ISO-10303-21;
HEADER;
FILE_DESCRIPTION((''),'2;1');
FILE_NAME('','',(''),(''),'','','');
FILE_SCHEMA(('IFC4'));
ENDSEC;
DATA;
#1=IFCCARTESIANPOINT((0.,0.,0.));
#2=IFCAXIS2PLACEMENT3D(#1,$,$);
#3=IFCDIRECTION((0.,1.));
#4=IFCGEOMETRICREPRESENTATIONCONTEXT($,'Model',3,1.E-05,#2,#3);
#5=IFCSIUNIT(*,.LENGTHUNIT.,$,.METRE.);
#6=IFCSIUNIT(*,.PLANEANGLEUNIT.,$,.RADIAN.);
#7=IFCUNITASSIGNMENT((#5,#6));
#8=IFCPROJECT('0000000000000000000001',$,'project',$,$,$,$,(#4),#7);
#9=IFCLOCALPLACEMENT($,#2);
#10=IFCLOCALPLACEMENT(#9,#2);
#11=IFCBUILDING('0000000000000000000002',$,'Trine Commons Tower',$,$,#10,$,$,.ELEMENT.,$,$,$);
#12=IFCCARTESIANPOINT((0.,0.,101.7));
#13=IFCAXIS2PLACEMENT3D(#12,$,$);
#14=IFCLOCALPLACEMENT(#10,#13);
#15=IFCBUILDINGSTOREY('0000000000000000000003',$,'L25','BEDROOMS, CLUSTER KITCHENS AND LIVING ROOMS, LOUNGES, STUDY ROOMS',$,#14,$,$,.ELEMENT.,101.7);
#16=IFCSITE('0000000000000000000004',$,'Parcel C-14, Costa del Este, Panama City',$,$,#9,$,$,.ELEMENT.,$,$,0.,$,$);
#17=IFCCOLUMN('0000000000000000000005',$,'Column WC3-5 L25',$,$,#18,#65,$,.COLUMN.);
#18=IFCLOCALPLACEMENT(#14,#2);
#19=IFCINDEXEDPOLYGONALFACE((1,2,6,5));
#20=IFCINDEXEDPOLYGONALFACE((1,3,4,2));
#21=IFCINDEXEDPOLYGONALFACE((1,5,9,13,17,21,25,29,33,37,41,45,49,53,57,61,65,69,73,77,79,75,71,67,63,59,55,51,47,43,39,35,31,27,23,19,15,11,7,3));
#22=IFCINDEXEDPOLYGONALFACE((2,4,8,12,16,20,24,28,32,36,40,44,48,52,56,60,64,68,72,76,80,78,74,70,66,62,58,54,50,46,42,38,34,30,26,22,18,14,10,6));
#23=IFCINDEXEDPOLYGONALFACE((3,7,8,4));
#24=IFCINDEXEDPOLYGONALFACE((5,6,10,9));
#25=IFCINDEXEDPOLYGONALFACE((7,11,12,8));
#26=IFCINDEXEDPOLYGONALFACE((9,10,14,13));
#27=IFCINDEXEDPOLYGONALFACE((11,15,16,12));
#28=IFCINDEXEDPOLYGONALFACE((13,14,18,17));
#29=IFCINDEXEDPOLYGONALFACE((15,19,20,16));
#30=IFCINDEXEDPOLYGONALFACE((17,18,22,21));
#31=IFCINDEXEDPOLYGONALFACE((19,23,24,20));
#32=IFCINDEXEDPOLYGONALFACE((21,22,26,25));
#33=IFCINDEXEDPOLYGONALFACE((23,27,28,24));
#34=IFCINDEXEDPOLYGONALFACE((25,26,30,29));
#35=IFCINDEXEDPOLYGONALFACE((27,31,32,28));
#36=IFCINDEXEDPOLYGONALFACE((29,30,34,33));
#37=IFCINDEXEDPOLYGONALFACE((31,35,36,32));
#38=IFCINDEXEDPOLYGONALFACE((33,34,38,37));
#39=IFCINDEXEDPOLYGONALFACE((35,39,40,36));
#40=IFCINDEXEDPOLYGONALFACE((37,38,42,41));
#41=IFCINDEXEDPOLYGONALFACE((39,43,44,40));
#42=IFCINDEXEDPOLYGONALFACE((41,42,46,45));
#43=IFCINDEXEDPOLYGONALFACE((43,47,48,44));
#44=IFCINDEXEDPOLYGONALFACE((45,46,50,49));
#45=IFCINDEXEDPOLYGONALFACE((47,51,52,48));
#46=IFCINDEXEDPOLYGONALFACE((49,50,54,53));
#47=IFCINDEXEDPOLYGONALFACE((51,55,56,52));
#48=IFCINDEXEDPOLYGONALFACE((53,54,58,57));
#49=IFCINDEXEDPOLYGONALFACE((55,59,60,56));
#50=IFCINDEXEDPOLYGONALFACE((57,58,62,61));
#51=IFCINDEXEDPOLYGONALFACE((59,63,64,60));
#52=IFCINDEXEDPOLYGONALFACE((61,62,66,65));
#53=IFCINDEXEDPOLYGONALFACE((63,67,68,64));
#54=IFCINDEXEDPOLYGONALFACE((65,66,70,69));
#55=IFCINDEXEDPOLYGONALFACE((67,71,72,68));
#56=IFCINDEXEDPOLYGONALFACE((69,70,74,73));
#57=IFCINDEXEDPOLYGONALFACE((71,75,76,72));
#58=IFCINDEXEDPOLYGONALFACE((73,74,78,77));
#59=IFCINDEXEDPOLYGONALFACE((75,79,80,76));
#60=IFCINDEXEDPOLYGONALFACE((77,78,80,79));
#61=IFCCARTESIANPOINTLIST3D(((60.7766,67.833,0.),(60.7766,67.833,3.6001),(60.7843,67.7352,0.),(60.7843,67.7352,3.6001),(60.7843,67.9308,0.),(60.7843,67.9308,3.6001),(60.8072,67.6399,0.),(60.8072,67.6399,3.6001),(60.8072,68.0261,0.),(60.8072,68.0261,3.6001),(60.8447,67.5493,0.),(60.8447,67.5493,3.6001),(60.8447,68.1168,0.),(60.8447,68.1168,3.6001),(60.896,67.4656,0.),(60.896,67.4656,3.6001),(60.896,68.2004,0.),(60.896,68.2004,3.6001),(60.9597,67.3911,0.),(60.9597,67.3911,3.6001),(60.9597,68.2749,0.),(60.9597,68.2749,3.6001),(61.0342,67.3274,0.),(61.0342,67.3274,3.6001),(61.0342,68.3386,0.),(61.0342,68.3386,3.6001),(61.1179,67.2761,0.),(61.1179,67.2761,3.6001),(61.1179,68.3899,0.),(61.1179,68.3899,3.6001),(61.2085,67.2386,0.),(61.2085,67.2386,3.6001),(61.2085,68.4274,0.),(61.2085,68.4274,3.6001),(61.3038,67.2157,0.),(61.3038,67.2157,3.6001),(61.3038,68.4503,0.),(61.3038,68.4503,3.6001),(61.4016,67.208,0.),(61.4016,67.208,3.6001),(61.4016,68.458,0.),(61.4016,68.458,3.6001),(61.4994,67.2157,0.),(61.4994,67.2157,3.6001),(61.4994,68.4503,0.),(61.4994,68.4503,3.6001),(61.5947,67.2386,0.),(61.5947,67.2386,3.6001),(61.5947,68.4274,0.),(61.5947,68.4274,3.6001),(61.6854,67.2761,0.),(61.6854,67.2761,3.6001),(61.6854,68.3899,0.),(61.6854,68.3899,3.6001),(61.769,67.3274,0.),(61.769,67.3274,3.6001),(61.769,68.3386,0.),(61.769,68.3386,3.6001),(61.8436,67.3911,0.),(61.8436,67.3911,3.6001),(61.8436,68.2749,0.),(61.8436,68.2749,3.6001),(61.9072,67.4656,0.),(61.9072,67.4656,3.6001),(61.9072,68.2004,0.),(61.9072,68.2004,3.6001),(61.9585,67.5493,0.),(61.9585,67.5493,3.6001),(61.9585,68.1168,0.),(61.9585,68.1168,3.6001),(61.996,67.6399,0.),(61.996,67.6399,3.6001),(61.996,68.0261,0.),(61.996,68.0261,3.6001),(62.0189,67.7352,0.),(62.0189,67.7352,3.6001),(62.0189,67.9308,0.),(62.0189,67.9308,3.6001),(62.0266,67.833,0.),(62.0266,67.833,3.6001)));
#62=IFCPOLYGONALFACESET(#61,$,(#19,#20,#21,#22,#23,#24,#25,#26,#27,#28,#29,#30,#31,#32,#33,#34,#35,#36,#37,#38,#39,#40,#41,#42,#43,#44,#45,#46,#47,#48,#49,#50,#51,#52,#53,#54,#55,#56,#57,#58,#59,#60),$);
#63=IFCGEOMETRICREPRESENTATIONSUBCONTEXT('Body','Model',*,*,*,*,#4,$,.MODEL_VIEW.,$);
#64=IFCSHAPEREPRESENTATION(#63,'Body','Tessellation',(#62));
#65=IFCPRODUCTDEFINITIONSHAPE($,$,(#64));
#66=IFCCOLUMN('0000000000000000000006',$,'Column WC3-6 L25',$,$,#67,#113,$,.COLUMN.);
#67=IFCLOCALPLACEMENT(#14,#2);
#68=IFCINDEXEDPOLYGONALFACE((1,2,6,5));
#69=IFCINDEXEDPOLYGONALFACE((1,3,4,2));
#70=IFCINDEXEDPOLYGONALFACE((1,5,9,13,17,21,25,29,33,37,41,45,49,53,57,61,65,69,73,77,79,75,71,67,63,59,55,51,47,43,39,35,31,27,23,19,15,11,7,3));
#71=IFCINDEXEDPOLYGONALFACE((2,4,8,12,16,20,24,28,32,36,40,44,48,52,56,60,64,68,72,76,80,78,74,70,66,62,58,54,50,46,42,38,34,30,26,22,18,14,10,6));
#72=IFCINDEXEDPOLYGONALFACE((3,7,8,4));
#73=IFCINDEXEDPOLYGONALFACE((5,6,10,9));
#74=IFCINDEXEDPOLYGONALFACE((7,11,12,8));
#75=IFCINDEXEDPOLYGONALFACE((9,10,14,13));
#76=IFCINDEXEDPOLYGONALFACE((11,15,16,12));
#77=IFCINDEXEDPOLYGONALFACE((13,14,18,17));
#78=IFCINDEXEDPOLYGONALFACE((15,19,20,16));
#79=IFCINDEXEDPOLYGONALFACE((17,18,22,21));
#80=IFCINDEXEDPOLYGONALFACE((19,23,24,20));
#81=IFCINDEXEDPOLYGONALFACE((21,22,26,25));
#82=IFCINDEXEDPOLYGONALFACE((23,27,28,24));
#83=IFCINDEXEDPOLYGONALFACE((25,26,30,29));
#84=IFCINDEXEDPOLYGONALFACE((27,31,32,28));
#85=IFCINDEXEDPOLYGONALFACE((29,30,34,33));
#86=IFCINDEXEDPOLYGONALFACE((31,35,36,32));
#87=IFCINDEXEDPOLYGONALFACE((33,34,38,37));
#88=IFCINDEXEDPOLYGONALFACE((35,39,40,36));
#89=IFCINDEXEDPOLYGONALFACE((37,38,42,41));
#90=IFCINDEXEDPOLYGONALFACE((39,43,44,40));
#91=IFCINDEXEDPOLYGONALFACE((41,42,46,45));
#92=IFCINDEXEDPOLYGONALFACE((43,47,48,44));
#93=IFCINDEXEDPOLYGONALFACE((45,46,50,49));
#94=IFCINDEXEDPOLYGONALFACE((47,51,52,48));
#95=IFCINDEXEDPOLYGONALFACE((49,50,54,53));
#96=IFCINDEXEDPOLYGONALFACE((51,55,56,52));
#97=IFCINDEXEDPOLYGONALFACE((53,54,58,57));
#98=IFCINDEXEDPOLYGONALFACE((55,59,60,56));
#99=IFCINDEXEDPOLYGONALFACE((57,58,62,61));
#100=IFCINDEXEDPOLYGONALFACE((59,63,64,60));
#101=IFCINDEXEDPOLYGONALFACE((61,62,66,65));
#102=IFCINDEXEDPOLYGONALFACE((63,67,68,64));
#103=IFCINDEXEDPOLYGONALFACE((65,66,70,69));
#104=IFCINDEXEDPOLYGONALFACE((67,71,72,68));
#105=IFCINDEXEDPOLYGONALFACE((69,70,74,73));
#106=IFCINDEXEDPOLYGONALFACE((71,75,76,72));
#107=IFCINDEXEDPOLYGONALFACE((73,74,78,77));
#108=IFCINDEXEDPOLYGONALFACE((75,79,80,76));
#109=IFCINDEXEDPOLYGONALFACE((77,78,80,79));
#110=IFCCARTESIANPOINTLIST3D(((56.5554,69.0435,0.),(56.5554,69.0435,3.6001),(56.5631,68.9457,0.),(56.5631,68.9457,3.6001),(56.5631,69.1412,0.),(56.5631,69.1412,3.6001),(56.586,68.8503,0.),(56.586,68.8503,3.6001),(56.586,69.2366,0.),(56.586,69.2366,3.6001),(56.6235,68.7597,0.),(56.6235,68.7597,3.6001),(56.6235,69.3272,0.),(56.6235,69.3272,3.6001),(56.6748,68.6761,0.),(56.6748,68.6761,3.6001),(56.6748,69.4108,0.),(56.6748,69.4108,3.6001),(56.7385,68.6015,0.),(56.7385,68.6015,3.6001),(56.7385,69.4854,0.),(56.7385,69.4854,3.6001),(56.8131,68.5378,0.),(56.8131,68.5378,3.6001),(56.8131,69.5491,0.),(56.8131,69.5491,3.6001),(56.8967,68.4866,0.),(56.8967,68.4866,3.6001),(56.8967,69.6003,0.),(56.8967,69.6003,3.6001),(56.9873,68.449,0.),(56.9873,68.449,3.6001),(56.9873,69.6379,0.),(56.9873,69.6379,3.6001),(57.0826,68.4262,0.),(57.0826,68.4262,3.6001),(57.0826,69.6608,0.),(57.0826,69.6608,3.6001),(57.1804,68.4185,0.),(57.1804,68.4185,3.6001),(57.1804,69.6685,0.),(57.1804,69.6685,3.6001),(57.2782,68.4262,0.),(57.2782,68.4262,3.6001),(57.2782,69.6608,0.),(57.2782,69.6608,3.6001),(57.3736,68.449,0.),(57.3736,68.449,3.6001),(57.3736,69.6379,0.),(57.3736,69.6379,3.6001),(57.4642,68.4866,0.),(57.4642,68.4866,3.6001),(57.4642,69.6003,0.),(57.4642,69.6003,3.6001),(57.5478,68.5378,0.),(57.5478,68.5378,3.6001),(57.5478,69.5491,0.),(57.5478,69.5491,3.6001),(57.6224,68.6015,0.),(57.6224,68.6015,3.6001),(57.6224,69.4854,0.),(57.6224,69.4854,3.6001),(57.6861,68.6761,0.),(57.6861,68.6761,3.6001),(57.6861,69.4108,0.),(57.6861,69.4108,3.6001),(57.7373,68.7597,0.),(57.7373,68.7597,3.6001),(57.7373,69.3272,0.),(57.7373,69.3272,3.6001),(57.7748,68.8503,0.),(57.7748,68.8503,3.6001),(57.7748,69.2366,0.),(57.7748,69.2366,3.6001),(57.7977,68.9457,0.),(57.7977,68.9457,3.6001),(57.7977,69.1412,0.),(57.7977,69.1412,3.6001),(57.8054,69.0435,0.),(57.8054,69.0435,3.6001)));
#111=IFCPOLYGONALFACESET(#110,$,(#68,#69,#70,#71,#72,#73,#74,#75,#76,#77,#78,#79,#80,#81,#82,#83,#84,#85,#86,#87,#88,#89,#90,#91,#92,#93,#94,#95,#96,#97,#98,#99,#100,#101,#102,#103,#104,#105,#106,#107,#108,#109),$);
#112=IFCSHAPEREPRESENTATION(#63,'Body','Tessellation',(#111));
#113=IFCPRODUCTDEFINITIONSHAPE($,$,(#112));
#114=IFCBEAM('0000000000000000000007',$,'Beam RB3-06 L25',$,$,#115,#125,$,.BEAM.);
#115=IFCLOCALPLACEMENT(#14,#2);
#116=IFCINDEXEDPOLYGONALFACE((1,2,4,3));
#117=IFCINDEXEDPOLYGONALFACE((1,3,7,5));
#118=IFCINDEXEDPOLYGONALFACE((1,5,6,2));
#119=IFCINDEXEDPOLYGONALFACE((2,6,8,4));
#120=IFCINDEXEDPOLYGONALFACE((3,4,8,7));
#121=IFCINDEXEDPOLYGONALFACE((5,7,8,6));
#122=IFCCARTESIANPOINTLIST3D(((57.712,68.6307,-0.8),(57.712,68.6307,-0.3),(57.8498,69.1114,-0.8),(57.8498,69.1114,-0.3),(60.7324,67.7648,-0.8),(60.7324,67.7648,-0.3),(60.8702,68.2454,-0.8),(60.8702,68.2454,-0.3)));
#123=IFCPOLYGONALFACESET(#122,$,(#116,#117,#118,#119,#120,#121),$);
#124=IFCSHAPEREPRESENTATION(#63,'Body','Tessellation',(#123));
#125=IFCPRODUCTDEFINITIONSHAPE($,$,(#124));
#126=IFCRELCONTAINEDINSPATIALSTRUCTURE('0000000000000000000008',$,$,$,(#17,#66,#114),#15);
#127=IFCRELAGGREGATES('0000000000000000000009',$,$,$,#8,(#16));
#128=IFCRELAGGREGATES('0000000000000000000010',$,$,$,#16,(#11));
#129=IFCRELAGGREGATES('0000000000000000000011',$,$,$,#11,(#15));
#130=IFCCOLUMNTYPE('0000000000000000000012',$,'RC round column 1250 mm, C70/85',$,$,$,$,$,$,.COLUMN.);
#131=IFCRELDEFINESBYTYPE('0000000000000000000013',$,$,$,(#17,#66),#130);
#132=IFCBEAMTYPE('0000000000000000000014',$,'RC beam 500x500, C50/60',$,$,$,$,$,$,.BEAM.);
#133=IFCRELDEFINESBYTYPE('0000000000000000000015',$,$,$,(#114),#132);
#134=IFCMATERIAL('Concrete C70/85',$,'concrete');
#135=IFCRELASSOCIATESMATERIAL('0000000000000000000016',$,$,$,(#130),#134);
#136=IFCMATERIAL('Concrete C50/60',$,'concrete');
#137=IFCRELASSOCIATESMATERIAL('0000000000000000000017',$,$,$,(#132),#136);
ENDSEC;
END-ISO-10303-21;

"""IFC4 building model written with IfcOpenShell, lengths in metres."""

from ifc_helpers import new_model, si_unit, direction, frame, origin, origin_2d, place, context, subcontext, project, spatial, rectangle, circle, extrude, material, material_profile, profile_set, type_object, element, save


model = new_model("IFC4")

# Units and contexts
model_context = context("Model", 3, precision=1e-05, world=origin(), true_north=direction((0.0, 1.0)))
body_context = subcontext(model_context, "Body", "Model", "MODEL_VIEW")
ifc_project = project(units=[si_unit("LENGTHUNIT", "METRE"), si_unit("PLANEANGLEUNIT", "RADIAN")], contexts=[model_context])

# Site, building, storey
site_placement = place(None, origin())
site = spatial("IfcSite", under=ifc_project, at=site_placement, Name="Parcel C-14, Costa del Este, Panama City", CompositionType="ELEMENT", RefElevation=0.0)
building_placement = place(site_placement, origin())
building = spatial("IfcBuilding", under=site, at=building_placement, Name="Trine Commons Tower", CompositionType="ELEMENT")
storey_placement = place(building_placement, frame((0.0, 0.0, 101.7)))
storey = spatial("IfcBuildingStorey", under=building, at=storey_placement, Name="L25", Description="BEDROOMS, CLUSTER KITCHENS AND LIVING ROOMS, LOUNGES, STUDY ROOMS", CompositionType="ELEMENT", Elevation=101.7)

# Columns
ifc_material_1 = material(Name="Concrete C70/85", Category="concrete")
ifc_material_profile_1 = material_profile(ifc_material_1, circle(Radius=0.625, at=origin_2d()), Name="RC round 1250")
ifc_profile_set_1 = profile_set([ifc_material_profile_1], Name="Concrete C70/85")
column_type = type_object("IfcColumnType", Name="RC round column 1250 mm, C70/85", PredefinedType="COLUMN", material=ifc_profile_set_1)
for number, where, z_axis, x_axis, name in (
    (1, (61.4016, 67.833, 0.0), (0.0, 0.0, 1.0), (1.0, 0.0, 0.0), "Column WC3-5 L25"),
    (2, (57.1804, 69.0435, 0.0), (0.0, 0.0, 1.0), (1.0, 0.0, 0.0), "Column WC3-6 L25"),
):
    element("IfcColumn", number, at=place(storey_placement, frame(where, z_axis=z_axis, x_axis=x_axis)), inside=storey, type_object=column_type, Name=name, PredefinedType="COLUMN", context=body_context, shape_type="SweptSolid", body=[
        extrude(circle(Radius=0.625, at=origin_2d()), origin(), (0.0, 0.0, 1.0), 3.6001),
    ])

# Beam
ifc_material_2 = material(Name="Concrete C50/60", Category="concrete")
ifc_material_profile_2 = material_profile(ifc_material_2, rectangle(XDim=0.5, YDim=0.5, at=origin_2d()), Name="RC 500x500")
ifc_profile_set_2 = profile_set([ifc_material_profile_2], Name="Concrete C50/60")
beam_type = type_object("IfcBeamType", Name="RC beam 500x500, C50/60", PredefinedType="BEAM", material=ifc_profile_set_2)
beam_placement = place(storey_placement, frame((60.8013, 68.0051, -0.55), z_axis=(-0.961274, 0.275593, 0.0), x_axis=(-0.275593, -0.961274, 0.0)))
element("IfcBeam", 3, at=beam_placement, inside=storey, type_object=beam_type, Name="Beam RB3-06 L25", PredefinedType="BEAM", context=body_context, shape_type="SweptSolid", body=[
    extrude(rectangle(XDim=0.5, YDim=0.5, at=origin_2d()), origin(), (0.0, 0.0, 1.0), 3.1421),
])

save(model, "model.ifc")
